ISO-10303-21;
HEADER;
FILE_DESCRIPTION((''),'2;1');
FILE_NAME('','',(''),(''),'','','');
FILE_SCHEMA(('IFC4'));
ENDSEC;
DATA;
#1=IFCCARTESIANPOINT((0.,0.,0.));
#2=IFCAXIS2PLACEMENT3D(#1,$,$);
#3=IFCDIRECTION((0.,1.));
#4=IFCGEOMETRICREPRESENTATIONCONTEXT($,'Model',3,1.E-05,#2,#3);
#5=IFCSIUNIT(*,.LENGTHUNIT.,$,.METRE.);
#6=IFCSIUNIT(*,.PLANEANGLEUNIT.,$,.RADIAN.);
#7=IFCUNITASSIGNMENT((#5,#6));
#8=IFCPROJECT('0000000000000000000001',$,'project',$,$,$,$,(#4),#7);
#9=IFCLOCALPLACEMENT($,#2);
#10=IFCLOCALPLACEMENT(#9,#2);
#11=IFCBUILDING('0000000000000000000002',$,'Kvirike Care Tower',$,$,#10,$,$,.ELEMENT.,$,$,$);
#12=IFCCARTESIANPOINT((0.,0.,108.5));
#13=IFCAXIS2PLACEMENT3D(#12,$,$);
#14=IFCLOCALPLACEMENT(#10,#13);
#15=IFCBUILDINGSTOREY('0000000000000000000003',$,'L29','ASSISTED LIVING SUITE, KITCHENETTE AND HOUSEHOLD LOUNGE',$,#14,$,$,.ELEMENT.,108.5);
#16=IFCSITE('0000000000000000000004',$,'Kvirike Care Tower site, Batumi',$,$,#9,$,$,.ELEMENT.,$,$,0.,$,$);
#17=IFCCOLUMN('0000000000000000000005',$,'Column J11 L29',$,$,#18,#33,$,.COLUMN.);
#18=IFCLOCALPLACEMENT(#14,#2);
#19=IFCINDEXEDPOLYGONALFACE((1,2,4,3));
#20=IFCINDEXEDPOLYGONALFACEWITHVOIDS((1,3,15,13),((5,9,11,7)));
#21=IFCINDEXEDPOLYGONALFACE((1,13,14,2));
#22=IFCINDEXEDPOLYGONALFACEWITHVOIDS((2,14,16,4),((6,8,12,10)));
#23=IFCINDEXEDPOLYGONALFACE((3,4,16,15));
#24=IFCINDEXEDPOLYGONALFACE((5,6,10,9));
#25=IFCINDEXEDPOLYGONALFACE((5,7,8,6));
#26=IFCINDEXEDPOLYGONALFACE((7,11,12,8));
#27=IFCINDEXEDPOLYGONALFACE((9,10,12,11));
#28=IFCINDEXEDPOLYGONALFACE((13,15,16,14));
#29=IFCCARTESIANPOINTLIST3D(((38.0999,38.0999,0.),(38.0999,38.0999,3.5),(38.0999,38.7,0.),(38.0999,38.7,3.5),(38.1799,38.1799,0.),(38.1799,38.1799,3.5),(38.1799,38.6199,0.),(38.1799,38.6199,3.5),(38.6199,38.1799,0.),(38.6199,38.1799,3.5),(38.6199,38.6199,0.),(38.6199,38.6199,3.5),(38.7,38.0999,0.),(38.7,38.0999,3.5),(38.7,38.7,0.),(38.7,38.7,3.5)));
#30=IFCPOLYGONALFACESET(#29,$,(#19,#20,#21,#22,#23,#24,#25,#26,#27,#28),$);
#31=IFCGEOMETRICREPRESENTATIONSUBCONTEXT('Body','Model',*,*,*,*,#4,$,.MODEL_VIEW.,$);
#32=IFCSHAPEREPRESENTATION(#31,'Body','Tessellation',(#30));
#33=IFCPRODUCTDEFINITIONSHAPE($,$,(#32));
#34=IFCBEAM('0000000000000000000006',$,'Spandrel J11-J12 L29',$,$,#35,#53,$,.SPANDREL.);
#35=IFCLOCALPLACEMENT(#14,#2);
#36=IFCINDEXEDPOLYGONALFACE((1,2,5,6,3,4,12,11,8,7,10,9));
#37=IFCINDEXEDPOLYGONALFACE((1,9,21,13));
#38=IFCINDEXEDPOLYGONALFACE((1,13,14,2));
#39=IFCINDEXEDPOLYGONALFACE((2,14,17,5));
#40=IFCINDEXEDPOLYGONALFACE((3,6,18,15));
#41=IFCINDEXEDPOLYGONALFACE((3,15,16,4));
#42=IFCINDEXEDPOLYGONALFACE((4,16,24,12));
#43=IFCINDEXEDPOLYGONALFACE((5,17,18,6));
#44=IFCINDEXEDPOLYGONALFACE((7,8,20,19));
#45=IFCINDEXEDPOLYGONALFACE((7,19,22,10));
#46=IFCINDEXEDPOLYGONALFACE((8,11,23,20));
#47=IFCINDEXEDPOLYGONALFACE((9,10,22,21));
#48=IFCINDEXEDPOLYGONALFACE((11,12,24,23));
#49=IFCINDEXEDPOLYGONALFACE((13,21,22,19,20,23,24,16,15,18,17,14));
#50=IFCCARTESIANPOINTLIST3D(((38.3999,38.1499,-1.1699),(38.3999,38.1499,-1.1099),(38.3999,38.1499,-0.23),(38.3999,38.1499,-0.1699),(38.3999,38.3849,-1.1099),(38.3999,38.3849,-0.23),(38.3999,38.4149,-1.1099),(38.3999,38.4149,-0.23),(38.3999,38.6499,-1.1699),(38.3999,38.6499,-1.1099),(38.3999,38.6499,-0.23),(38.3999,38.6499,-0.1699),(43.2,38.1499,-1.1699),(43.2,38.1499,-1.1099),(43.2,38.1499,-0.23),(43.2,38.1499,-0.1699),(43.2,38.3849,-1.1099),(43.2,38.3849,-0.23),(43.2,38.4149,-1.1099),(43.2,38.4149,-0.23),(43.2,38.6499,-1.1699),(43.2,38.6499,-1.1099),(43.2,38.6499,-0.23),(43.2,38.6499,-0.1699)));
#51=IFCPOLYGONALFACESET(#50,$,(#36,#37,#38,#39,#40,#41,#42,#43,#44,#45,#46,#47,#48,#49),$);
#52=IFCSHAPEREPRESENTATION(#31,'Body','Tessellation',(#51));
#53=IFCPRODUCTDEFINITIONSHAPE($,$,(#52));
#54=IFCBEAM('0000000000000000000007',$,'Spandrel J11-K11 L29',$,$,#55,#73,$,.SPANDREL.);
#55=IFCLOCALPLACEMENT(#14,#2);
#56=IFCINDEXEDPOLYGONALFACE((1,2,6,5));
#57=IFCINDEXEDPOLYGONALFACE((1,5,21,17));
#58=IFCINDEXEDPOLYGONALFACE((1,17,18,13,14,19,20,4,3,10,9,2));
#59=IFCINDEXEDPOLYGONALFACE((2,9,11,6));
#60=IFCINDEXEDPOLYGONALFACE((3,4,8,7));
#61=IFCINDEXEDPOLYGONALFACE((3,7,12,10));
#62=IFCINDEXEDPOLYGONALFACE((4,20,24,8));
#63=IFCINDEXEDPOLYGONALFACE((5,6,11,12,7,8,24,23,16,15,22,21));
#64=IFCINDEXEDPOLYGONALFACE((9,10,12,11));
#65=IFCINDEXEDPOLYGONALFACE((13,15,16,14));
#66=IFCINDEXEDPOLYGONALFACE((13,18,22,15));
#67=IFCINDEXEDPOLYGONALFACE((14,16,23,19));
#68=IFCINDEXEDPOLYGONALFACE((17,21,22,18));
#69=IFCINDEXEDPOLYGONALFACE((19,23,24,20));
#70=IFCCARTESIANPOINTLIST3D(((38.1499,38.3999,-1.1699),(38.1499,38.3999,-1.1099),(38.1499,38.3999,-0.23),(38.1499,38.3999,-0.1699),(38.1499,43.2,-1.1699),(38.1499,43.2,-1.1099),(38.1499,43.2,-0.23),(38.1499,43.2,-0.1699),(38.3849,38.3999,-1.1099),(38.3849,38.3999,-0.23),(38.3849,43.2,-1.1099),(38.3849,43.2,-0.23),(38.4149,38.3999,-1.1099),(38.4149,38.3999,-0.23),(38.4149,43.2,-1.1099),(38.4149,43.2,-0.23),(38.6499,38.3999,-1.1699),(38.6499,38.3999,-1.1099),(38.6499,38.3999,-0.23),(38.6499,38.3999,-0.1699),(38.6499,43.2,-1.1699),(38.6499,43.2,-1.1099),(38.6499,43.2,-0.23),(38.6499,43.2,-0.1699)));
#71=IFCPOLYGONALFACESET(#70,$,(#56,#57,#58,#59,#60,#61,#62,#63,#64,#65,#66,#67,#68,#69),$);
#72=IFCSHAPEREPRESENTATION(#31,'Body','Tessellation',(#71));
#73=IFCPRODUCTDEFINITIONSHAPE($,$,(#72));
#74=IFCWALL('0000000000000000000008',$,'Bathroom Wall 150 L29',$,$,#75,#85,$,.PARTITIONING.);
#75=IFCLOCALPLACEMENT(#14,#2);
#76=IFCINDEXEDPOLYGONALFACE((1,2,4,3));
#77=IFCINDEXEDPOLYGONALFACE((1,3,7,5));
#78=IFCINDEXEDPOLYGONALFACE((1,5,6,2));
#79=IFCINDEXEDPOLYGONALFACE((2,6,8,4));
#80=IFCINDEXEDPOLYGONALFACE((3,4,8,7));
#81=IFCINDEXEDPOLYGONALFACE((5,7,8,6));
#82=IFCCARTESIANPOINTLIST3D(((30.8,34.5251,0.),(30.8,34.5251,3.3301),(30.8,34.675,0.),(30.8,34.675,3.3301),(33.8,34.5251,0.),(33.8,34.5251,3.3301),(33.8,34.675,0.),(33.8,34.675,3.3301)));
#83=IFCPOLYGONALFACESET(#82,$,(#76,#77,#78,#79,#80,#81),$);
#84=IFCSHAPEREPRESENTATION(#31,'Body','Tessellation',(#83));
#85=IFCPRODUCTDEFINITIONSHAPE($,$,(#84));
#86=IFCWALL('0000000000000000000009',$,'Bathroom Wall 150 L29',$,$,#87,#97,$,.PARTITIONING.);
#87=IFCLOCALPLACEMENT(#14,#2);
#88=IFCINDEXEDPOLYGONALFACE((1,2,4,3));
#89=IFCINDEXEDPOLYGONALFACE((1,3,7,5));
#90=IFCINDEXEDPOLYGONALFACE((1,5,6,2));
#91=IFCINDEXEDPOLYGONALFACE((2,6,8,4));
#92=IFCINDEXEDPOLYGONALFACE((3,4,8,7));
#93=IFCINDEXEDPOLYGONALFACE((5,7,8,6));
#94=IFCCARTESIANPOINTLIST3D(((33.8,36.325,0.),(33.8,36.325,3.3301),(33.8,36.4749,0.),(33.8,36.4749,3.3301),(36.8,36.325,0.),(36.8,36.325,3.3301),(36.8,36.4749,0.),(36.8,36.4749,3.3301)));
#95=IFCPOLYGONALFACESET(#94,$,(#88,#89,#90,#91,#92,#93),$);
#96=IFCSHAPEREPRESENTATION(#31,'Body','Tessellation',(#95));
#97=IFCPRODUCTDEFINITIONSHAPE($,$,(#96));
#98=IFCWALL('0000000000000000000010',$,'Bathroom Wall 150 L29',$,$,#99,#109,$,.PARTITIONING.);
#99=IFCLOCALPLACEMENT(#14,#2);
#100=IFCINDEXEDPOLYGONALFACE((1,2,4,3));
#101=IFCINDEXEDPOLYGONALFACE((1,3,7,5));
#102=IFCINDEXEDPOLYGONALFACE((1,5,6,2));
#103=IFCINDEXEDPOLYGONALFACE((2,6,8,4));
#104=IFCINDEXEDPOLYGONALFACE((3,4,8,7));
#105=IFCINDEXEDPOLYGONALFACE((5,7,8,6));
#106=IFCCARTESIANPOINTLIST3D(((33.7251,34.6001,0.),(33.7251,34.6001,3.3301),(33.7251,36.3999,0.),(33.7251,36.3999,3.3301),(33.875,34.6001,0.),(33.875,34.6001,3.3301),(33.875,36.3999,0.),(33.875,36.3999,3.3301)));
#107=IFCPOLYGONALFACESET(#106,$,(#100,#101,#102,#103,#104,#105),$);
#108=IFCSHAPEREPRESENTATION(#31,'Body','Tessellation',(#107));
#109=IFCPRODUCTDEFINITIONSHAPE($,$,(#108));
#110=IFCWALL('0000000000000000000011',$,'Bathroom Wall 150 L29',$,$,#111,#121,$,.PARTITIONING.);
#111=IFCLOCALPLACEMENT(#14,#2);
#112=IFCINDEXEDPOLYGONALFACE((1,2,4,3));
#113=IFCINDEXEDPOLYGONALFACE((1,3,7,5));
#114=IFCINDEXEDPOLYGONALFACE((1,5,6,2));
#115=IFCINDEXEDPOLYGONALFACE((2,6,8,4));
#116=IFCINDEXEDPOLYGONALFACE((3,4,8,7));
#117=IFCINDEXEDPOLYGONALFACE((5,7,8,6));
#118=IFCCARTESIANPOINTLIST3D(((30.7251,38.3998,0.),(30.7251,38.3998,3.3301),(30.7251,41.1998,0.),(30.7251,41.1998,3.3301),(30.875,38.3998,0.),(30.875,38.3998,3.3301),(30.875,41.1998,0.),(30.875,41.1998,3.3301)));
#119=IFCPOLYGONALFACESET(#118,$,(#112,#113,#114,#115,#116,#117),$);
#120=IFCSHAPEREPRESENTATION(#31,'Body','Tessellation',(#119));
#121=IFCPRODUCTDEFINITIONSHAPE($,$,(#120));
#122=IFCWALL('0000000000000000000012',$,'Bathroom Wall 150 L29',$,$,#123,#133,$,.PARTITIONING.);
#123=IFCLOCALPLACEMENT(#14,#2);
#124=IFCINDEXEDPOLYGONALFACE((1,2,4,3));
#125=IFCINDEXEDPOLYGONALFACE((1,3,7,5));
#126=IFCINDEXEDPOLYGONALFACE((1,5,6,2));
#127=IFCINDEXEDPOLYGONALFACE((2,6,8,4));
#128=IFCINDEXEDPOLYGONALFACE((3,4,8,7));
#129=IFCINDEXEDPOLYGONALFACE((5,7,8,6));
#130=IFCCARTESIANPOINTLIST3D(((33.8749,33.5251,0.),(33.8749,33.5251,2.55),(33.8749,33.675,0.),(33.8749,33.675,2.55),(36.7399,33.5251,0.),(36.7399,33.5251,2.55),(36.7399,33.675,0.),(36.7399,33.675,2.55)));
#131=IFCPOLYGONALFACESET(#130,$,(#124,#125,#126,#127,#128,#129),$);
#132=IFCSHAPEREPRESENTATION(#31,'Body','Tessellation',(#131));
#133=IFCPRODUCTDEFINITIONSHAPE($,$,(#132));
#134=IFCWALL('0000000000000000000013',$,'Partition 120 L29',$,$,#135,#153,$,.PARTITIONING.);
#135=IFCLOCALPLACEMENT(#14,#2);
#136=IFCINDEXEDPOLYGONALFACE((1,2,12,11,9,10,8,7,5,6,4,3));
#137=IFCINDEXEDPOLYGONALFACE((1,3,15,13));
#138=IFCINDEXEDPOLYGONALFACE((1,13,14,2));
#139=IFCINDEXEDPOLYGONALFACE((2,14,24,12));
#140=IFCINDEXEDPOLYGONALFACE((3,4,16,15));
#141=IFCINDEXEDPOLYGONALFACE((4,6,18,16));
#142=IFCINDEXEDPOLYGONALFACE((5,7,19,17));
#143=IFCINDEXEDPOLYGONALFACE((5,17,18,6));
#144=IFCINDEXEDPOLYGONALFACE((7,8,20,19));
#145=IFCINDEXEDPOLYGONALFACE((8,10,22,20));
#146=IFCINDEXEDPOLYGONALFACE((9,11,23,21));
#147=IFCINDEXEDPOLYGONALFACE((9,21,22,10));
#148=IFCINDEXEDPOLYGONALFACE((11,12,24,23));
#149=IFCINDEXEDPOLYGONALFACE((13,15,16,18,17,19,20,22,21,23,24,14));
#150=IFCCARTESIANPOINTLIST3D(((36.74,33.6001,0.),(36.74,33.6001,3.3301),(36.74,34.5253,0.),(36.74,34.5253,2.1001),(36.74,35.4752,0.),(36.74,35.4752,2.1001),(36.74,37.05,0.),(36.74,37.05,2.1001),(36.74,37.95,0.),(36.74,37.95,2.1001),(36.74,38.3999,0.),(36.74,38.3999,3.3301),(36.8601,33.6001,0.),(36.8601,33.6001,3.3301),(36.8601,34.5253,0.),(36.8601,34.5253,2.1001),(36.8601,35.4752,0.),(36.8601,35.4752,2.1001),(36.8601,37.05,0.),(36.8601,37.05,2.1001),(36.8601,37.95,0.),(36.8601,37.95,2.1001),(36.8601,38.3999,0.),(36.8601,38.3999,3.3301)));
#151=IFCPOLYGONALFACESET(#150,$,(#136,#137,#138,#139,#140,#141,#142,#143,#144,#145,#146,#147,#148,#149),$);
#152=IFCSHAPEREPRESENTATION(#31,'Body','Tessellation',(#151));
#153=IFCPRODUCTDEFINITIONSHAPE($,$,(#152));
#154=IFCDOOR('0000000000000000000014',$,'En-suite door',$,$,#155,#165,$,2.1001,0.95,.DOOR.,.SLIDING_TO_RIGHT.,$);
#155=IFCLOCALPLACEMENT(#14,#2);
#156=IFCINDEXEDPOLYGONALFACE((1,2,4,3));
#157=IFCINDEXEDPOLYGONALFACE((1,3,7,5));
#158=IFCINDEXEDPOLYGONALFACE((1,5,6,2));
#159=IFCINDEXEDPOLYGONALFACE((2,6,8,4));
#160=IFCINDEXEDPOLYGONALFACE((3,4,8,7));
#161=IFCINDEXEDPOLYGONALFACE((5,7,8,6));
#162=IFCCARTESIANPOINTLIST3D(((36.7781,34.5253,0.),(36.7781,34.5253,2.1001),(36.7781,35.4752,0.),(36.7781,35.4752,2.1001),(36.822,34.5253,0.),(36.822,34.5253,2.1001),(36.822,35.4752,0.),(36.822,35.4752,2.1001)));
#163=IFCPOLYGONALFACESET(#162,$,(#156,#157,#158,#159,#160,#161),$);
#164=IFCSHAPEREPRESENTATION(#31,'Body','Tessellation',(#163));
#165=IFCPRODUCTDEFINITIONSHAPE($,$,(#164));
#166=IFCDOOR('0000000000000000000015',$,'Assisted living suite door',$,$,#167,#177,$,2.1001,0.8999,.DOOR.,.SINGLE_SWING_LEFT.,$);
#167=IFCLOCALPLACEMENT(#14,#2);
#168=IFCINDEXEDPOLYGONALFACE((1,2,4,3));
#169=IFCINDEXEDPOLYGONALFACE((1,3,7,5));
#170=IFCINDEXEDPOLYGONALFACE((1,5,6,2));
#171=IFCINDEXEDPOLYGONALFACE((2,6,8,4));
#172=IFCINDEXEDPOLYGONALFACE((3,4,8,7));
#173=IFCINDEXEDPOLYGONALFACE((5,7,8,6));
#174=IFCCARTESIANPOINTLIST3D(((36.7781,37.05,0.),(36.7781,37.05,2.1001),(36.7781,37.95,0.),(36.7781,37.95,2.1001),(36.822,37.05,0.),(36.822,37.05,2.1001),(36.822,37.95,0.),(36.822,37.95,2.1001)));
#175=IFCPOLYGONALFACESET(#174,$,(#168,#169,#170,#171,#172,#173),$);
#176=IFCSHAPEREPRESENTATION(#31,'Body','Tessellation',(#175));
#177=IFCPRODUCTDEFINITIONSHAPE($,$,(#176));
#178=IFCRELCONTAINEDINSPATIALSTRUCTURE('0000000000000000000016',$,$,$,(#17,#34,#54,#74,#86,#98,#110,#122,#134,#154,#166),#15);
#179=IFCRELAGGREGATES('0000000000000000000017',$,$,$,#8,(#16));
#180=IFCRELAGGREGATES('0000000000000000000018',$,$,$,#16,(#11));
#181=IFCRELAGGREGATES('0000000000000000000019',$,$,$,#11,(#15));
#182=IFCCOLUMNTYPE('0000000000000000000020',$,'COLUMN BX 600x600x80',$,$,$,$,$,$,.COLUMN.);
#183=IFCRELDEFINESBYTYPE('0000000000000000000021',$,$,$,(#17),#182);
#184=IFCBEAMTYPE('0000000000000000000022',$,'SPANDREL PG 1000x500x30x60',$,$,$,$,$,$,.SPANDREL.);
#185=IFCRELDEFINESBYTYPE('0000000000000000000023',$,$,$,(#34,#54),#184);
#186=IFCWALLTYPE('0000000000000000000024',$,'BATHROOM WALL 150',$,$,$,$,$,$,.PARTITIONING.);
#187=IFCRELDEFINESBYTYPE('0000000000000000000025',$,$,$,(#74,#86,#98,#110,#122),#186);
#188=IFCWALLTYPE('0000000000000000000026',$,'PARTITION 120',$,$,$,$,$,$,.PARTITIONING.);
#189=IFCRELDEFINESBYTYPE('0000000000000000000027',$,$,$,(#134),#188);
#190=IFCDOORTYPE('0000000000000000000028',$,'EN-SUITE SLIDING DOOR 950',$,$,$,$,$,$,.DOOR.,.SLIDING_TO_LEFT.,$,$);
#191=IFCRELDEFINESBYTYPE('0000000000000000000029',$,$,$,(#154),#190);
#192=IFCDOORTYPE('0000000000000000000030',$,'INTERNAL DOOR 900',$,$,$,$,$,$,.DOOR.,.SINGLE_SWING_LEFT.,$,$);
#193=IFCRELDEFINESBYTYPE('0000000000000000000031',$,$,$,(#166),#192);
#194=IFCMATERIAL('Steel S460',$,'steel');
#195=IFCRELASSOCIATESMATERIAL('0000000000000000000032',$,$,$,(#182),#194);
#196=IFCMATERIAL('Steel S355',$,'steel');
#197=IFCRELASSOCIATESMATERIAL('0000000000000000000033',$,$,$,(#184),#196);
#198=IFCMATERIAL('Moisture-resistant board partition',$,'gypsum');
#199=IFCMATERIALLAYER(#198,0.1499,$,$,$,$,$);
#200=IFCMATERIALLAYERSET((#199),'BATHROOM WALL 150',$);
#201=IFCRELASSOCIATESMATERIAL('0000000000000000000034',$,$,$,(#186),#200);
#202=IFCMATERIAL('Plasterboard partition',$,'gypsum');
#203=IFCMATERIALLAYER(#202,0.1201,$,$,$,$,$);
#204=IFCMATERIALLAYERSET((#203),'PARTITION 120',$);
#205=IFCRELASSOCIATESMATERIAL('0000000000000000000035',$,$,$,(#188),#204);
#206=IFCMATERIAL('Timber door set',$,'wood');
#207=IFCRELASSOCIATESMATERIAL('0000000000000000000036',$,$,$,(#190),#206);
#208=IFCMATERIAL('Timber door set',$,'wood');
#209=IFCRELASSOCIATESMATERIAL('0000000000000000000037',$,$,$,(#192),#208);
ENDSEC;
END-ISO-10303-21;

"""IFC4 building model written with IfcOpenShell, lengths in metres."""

from ifc_helpers import new_model, si_unit, direction, frame, frame_2d, origin, origin_2d, place, context, subcontext, project, spatial, rectangle, hollow_rectangle, i_section, extrude, material, layer, layer_set, material_profile, profile_set, type_object, element, fill, save


model = new_model("IFC4")

# Units and contexts
model_context = context("Model", 3, precision=1e-05, world=origin(), true_north=direction((0.0, 1.0)))
body_context = subcontext(model_context, "Body", "Model", "MODEL_VIEW")
ifc_project = project(units=[si_unit("LENGTHUNIT", "METRE"), si_unit("PLANEANGLEUNIT", "RADIAN")], contexts=[model_context])

# Site, building, storey
site_placement = place(None, origin())
site = spatial("IfcSite", under=ifc_project, at=site_placement, Name="Kvirike Care Tower site, Batumi", CompositionType="ELEMENT", RefElevation=0.0)
building_placement = place(site_placement, origin())
building = spatial("IfcBuilding", under=site, at=building_placement, Name="Kvirike Care Tower", CompositionType="ELEMENT")
storey_placement = place(building_placement, frame((0.0, 0.0, 108.5)))
storey = spatial("IfcBuildingStorey", under=building, at=storey_placement, Name="L29", Description="ASSISTED LIVING SUITE, KITCHENETTE AND HOUSEHOLD LOUNGE", CompositionType="ELEMENT", Elevation=108.5)

# Column
ifc_material_1 = material(Name="Steel S460", Category="steel")
ifc_material_profile_1 = material_profile(ifc_material_1, hollow_rectangle(XDim=0.6001, YDim=0.6001, WallThickness=0.0801, at=origin_2d()), Name="BX 600x600x80")
ifc_profile_set_1 = profile_set([ifc_material_profile_1], Name="Steel S460")
column_type = type_object("IfcColumnType", Name="COLUMN BX 600x600x80", PredefinedType="COLUMN", material=ifc_profile_set_1)
column_placement = place(storey_placement, frame((38.3999, 38.3999, 0.0), z_axis=(0.0, 0.0, 1.0), x_axis=(0.0, 1.0, 0.0)))
element("IfcColumn", 1, at=column_placement, inside=storey, type_object=column_type, Name="Column J11 L29", PredefinedType="COLUMN", context=body_context, shape_type="SweptSolid", body=[
    extrude(hollow_rectangle(XDim=0.6001, YDim=0.6001, WallThickness=0.0801, at=origin_2d()), origin(), (0.0, 0.0, 1.0), 3.5),
])

# Beams
ifc_material_2 = material(Name="Steel S355", Category="steel")
ifc_material_profile_2 = material_profile(ifc_material_2, i_section(OverallWidth=0.5, OverallDepth=1.0, WebThickness=0.03, FlangeThickness=0.0601, at=origin_2d()), Name="PG 1000x500x30x60")
ifc_profile_set_2 = profile_set([ifc_material_profile_2], Name="Steel S355")
beam_type = type_object("IfcBeamType", Name="SPANDREL PG 1000x500x30x60", PredefinedType="SPANDREL", material=ifc_profile_set_2)
for number, where, z_axis, x_axis, name in (
    (2, (38.3999, 38.3999, -0.6699), (1.0, 0.0, 0.0), (0.0, 1.0, 0.0), "Spandrel J11-J12 L29"),
    (3, (38.3999, 38.3999, -0.6699), (0.0, 1.0, 0.0), (-1.0, 0.0, 0.0), "Spandrel J11-K11 L29"),
):
    element("IfcBeam", number, at=place(storey_placement, frame(where, z_axis=z_axis, x_axis=x_axis)), inside=storey, type_object=beam_type, Name=name, PredefinedType="SPANDREL", context=body_context, shape_type="SweptSolid", body=[
        extrude(i_section(OverallWidth=0.5, OverallDepth=1.0, WebThickness=0.03, FlangeThickness=0.0601, at=origin_2d()), origin(), (0.0, 0.0, 1.0), 4.8),
    ])

# Walls
ifc_material_3 = material(Name="Moisture-resistant board partition", Category="gypsum")
ifc_layer_1 = layer(ifc_material_3, 0.1499)
ifc_layer_set_1 = layer_set([ifc_layer_1], Name="BATHROOM WALL 150")
wall_type_1 = type_object("IfcWallType", Name="BATHROOM WALL 150", PredefinedType="PARTITIONING", material=ifc_layer_set_1)
for number, where, z_axis, x_axis, name in (
    (4, (33.8, 34.6001, 0.0), (0.0, 0.0, 1.0), (-1.0, 0.0, 0.0), "Bathroom Wall 150 L29"),
    (5, (36.8, 36.3999, 0.0), (0.0, 0.0, 1.0), (-1.0, 0.0, 0.0), "Bathroom Wall 150 L29"),
):
    element("IfcWall", number, at=place(storey_placement, frame(where, z_axis=z_axis, x_axis=x_axis)), inside=storey, type_object=wall_type_1, Name=name, PredefinedType="PARTITIONING", context=body_context, shape_type="SweptSolid", body=[
        extrude(rectangle(XDim=3.0, YDim=0.1499, at=frame_2d((1.5, 0.0))), origin(), (0.0, 0.0, 1.0), 3.3301),
    ])
wall_1_placement = place(storey_placement, frame((33.8, 34.6001, 0.0), z_axis=(0.0, 0.0, 1.0), x_axis=(0.0, 1.0, 0.0)))
element("IfcWall", 6, at=wall_1_placement, inside=storey, type_object=wall_type_1, Name="Bathroom Wall 150 L29", PredefinedType="PARTITIONING", context=body_context, shape_type="SweptSolid", body=[
    extrude(rectangle(XDim=1.7998, YDim=0.1499, at=frame_2d((0.8999, 0.0))), origin(), (0.0, 0.0, 1.0), 3.3301),
])
wall_2_placement = place(storey_placement, frame((30.8, 38.3999, 0.0), z_axis=(0.0, 0.0, 1.0), x_axis=(0.0, 1.0, 0.0)))
element("IfcWall", 7, at=wall_2_placement, inside=storey, type_object=wall_type_1, Name="Bathroom Wall 150 L29", PredefinedType="PARTITIONING", context=body_context, shape_type="SweptSolid", body=[
    extrude(rectangle(XDim=2.8, YDim=0.1499, at=frame_2d((1.3999, 0.0))), origin(), (0.0, 0.0, 1.0), 3.3301),
])
wall_3_placement = place(storey_placement, frame((36.74, 33.6001, 0.0), z_axis=(0.0, 0.0, 1.0), x_axis=(-1.0, 0.0, 0.0)))
element("IfcWall", 8, at=wall_3_placement, inside=storey, type_object=wall_type_1, Name="Bathroom Wall 150 L29", PredefinedType="PARTITIONING", context=body_context, shape_type="SweptSolid", body=[
    extrude(rectangle(XDim=2.865, YDim=0.1499, at=frame_2d((1.4326, 0.0))), origin(), (0.0, 0.0, 1.0), 2.55),
])

# Wall, openings, doors
ifc_material_4 = material(Name="Plasterboard partition", Category="gypsum")
ifc_layer_2 = layer(ifc_material_4, 0.1201)
ifc_layer_set_2 = layer_set([ifc_layer_2], Name="PARTITION 120")
wall_type_2 = type_object("IfcWallType", Name="PARTITION 120", PredefinedType="PARTITIONING", material=ifc_layer_set_2)
wall_4_placement = place(storey_placement, frame((36.8, 33.6001, 0.0), z_axis=(0.0, 0.0, 1.0), x_axis=(0.0, 1.0, 0.0)))
wall_4 = element("IfcWall", 9, at=wall_4_placement, inside=storey, type_object=wall_type_2, Name="Partition 120 L29", PredefinedType="PARTITIONING", context=body_context, shape_type="SweptSolid", body=[
    extrude(rectangle(XDim=4.7998, YDim=0.1201, at=frame_2d((2.3999, 0.0))), origin(), (0.0, 0.0, 1.0), 3.3301),
])
opening_1_placement = place(wall_4_placement, frame((3.45, 0.0, 0.0)))
opening_1 = element("IfcOpeningElement", 10, at=opening_1_placement, cuts=wall_4, PredefinedType="OPENING", context=body_context, shape_type="SweptSolid", body=[
    extrude(rectangle(XDim=0.8999, YDim=2.1001, at=frame_2d((0.45, 1.05))), frame((0.0, 0.0706, 0.0), z_axis=(0.0, -1.0, 0.0), x_axis=(1.0, 0.0, 0.0)), (0.0, 0.0, 1.0), 0.1411),
])
opening_2_placement = place(wall_4_placement, frame((0.925, 0.0, 0.0)))
opening_2 = element("IfcOpeningElement", 11, at=opening_2_placement, cuts=wall_4, PredefinedType="OPENING", context=body_context, shape_type="SweptSolid", body=[
    extrude(rectangle(XDim=0.95, YDim=2.1001, at=frame_2d((0.4751, 1.05))), frame((0.0, 0.0706, 0.0), z_axis=(0.0, -1.0, 0.0), x_axis=(1.0, 0.0, 0.0)), (0.0, 0.0, 1.0), 0.1411),
])
ifc_material_5 = material(Name="Timber door set", Category="wood")
door_type_1 = type_object("IfcDoorType", Name="EN-SUITE SLIDING DOOR 950", OperationType="SLIDING_TO_LEFT", PredefinedType="DOOR", material=ifc_material_5)
door_1_placement = place(opening_2_placement, origin())
door_1 = element("IfcDoor", 12, at=door_1_placement, inside=storey, type_object=door_type_1, Name="En-suite door", OperationType="SLIDING_TO_RIGHT", OverallHeight=2.1001, OverallWidth=0.95, PredefinedType="DOOR", context=body_context, shape_type="SweptSolid", body=[
    extrude(rectangle(XDim=0.95, YDim=2.1001, at=frame_2d((0.4751, 1.05))), frame((0.0, 0.022, 0.0), z_axis=(0.0, -1.0, 0.0), x_axis=(1.0, 0.0, 0.0)), (0.0, 0.0, 1.0), 0.0439),
])
fill(opening_2, door_1)
ifc_material_6 = material(Name="Timber door set", Category="wood")
door_type_2 = type_object("IfcDoorType", Name="INTERNAL DOOR 900", OperationType="SINGLE_SWING_LEFT", PredefinedType="DOOR", material=ifc_material_6)
door_2_placement = place(opening_1_placement, origin())
door_2 = element("IfcDoor", 13, at=door_2_placement, inside=storey, type_object=door_type_2, Name="Assisted living suite door", OperationType="SINGLE_SWING_LEFT", OverallHeight=2.1001, OverallWidth=0.8999, PredefinedType="DOOR", context=body_context, shape_type="SweptSolid", body=[
    extrude(rectangle(XDim=0.8999, YDim=2.1001, at=frame_2d((0.45, 1.05))), frame((0.0, 0.022, 0.0), z_axis=(0.0, -1.0, 0.0), x_axis=(1.0, 0.0, 0.0)), (0.0, 0.0, 1.0), 0.0439),
])
fill(opening_1, door_2)

save(model, "model.ifc")
